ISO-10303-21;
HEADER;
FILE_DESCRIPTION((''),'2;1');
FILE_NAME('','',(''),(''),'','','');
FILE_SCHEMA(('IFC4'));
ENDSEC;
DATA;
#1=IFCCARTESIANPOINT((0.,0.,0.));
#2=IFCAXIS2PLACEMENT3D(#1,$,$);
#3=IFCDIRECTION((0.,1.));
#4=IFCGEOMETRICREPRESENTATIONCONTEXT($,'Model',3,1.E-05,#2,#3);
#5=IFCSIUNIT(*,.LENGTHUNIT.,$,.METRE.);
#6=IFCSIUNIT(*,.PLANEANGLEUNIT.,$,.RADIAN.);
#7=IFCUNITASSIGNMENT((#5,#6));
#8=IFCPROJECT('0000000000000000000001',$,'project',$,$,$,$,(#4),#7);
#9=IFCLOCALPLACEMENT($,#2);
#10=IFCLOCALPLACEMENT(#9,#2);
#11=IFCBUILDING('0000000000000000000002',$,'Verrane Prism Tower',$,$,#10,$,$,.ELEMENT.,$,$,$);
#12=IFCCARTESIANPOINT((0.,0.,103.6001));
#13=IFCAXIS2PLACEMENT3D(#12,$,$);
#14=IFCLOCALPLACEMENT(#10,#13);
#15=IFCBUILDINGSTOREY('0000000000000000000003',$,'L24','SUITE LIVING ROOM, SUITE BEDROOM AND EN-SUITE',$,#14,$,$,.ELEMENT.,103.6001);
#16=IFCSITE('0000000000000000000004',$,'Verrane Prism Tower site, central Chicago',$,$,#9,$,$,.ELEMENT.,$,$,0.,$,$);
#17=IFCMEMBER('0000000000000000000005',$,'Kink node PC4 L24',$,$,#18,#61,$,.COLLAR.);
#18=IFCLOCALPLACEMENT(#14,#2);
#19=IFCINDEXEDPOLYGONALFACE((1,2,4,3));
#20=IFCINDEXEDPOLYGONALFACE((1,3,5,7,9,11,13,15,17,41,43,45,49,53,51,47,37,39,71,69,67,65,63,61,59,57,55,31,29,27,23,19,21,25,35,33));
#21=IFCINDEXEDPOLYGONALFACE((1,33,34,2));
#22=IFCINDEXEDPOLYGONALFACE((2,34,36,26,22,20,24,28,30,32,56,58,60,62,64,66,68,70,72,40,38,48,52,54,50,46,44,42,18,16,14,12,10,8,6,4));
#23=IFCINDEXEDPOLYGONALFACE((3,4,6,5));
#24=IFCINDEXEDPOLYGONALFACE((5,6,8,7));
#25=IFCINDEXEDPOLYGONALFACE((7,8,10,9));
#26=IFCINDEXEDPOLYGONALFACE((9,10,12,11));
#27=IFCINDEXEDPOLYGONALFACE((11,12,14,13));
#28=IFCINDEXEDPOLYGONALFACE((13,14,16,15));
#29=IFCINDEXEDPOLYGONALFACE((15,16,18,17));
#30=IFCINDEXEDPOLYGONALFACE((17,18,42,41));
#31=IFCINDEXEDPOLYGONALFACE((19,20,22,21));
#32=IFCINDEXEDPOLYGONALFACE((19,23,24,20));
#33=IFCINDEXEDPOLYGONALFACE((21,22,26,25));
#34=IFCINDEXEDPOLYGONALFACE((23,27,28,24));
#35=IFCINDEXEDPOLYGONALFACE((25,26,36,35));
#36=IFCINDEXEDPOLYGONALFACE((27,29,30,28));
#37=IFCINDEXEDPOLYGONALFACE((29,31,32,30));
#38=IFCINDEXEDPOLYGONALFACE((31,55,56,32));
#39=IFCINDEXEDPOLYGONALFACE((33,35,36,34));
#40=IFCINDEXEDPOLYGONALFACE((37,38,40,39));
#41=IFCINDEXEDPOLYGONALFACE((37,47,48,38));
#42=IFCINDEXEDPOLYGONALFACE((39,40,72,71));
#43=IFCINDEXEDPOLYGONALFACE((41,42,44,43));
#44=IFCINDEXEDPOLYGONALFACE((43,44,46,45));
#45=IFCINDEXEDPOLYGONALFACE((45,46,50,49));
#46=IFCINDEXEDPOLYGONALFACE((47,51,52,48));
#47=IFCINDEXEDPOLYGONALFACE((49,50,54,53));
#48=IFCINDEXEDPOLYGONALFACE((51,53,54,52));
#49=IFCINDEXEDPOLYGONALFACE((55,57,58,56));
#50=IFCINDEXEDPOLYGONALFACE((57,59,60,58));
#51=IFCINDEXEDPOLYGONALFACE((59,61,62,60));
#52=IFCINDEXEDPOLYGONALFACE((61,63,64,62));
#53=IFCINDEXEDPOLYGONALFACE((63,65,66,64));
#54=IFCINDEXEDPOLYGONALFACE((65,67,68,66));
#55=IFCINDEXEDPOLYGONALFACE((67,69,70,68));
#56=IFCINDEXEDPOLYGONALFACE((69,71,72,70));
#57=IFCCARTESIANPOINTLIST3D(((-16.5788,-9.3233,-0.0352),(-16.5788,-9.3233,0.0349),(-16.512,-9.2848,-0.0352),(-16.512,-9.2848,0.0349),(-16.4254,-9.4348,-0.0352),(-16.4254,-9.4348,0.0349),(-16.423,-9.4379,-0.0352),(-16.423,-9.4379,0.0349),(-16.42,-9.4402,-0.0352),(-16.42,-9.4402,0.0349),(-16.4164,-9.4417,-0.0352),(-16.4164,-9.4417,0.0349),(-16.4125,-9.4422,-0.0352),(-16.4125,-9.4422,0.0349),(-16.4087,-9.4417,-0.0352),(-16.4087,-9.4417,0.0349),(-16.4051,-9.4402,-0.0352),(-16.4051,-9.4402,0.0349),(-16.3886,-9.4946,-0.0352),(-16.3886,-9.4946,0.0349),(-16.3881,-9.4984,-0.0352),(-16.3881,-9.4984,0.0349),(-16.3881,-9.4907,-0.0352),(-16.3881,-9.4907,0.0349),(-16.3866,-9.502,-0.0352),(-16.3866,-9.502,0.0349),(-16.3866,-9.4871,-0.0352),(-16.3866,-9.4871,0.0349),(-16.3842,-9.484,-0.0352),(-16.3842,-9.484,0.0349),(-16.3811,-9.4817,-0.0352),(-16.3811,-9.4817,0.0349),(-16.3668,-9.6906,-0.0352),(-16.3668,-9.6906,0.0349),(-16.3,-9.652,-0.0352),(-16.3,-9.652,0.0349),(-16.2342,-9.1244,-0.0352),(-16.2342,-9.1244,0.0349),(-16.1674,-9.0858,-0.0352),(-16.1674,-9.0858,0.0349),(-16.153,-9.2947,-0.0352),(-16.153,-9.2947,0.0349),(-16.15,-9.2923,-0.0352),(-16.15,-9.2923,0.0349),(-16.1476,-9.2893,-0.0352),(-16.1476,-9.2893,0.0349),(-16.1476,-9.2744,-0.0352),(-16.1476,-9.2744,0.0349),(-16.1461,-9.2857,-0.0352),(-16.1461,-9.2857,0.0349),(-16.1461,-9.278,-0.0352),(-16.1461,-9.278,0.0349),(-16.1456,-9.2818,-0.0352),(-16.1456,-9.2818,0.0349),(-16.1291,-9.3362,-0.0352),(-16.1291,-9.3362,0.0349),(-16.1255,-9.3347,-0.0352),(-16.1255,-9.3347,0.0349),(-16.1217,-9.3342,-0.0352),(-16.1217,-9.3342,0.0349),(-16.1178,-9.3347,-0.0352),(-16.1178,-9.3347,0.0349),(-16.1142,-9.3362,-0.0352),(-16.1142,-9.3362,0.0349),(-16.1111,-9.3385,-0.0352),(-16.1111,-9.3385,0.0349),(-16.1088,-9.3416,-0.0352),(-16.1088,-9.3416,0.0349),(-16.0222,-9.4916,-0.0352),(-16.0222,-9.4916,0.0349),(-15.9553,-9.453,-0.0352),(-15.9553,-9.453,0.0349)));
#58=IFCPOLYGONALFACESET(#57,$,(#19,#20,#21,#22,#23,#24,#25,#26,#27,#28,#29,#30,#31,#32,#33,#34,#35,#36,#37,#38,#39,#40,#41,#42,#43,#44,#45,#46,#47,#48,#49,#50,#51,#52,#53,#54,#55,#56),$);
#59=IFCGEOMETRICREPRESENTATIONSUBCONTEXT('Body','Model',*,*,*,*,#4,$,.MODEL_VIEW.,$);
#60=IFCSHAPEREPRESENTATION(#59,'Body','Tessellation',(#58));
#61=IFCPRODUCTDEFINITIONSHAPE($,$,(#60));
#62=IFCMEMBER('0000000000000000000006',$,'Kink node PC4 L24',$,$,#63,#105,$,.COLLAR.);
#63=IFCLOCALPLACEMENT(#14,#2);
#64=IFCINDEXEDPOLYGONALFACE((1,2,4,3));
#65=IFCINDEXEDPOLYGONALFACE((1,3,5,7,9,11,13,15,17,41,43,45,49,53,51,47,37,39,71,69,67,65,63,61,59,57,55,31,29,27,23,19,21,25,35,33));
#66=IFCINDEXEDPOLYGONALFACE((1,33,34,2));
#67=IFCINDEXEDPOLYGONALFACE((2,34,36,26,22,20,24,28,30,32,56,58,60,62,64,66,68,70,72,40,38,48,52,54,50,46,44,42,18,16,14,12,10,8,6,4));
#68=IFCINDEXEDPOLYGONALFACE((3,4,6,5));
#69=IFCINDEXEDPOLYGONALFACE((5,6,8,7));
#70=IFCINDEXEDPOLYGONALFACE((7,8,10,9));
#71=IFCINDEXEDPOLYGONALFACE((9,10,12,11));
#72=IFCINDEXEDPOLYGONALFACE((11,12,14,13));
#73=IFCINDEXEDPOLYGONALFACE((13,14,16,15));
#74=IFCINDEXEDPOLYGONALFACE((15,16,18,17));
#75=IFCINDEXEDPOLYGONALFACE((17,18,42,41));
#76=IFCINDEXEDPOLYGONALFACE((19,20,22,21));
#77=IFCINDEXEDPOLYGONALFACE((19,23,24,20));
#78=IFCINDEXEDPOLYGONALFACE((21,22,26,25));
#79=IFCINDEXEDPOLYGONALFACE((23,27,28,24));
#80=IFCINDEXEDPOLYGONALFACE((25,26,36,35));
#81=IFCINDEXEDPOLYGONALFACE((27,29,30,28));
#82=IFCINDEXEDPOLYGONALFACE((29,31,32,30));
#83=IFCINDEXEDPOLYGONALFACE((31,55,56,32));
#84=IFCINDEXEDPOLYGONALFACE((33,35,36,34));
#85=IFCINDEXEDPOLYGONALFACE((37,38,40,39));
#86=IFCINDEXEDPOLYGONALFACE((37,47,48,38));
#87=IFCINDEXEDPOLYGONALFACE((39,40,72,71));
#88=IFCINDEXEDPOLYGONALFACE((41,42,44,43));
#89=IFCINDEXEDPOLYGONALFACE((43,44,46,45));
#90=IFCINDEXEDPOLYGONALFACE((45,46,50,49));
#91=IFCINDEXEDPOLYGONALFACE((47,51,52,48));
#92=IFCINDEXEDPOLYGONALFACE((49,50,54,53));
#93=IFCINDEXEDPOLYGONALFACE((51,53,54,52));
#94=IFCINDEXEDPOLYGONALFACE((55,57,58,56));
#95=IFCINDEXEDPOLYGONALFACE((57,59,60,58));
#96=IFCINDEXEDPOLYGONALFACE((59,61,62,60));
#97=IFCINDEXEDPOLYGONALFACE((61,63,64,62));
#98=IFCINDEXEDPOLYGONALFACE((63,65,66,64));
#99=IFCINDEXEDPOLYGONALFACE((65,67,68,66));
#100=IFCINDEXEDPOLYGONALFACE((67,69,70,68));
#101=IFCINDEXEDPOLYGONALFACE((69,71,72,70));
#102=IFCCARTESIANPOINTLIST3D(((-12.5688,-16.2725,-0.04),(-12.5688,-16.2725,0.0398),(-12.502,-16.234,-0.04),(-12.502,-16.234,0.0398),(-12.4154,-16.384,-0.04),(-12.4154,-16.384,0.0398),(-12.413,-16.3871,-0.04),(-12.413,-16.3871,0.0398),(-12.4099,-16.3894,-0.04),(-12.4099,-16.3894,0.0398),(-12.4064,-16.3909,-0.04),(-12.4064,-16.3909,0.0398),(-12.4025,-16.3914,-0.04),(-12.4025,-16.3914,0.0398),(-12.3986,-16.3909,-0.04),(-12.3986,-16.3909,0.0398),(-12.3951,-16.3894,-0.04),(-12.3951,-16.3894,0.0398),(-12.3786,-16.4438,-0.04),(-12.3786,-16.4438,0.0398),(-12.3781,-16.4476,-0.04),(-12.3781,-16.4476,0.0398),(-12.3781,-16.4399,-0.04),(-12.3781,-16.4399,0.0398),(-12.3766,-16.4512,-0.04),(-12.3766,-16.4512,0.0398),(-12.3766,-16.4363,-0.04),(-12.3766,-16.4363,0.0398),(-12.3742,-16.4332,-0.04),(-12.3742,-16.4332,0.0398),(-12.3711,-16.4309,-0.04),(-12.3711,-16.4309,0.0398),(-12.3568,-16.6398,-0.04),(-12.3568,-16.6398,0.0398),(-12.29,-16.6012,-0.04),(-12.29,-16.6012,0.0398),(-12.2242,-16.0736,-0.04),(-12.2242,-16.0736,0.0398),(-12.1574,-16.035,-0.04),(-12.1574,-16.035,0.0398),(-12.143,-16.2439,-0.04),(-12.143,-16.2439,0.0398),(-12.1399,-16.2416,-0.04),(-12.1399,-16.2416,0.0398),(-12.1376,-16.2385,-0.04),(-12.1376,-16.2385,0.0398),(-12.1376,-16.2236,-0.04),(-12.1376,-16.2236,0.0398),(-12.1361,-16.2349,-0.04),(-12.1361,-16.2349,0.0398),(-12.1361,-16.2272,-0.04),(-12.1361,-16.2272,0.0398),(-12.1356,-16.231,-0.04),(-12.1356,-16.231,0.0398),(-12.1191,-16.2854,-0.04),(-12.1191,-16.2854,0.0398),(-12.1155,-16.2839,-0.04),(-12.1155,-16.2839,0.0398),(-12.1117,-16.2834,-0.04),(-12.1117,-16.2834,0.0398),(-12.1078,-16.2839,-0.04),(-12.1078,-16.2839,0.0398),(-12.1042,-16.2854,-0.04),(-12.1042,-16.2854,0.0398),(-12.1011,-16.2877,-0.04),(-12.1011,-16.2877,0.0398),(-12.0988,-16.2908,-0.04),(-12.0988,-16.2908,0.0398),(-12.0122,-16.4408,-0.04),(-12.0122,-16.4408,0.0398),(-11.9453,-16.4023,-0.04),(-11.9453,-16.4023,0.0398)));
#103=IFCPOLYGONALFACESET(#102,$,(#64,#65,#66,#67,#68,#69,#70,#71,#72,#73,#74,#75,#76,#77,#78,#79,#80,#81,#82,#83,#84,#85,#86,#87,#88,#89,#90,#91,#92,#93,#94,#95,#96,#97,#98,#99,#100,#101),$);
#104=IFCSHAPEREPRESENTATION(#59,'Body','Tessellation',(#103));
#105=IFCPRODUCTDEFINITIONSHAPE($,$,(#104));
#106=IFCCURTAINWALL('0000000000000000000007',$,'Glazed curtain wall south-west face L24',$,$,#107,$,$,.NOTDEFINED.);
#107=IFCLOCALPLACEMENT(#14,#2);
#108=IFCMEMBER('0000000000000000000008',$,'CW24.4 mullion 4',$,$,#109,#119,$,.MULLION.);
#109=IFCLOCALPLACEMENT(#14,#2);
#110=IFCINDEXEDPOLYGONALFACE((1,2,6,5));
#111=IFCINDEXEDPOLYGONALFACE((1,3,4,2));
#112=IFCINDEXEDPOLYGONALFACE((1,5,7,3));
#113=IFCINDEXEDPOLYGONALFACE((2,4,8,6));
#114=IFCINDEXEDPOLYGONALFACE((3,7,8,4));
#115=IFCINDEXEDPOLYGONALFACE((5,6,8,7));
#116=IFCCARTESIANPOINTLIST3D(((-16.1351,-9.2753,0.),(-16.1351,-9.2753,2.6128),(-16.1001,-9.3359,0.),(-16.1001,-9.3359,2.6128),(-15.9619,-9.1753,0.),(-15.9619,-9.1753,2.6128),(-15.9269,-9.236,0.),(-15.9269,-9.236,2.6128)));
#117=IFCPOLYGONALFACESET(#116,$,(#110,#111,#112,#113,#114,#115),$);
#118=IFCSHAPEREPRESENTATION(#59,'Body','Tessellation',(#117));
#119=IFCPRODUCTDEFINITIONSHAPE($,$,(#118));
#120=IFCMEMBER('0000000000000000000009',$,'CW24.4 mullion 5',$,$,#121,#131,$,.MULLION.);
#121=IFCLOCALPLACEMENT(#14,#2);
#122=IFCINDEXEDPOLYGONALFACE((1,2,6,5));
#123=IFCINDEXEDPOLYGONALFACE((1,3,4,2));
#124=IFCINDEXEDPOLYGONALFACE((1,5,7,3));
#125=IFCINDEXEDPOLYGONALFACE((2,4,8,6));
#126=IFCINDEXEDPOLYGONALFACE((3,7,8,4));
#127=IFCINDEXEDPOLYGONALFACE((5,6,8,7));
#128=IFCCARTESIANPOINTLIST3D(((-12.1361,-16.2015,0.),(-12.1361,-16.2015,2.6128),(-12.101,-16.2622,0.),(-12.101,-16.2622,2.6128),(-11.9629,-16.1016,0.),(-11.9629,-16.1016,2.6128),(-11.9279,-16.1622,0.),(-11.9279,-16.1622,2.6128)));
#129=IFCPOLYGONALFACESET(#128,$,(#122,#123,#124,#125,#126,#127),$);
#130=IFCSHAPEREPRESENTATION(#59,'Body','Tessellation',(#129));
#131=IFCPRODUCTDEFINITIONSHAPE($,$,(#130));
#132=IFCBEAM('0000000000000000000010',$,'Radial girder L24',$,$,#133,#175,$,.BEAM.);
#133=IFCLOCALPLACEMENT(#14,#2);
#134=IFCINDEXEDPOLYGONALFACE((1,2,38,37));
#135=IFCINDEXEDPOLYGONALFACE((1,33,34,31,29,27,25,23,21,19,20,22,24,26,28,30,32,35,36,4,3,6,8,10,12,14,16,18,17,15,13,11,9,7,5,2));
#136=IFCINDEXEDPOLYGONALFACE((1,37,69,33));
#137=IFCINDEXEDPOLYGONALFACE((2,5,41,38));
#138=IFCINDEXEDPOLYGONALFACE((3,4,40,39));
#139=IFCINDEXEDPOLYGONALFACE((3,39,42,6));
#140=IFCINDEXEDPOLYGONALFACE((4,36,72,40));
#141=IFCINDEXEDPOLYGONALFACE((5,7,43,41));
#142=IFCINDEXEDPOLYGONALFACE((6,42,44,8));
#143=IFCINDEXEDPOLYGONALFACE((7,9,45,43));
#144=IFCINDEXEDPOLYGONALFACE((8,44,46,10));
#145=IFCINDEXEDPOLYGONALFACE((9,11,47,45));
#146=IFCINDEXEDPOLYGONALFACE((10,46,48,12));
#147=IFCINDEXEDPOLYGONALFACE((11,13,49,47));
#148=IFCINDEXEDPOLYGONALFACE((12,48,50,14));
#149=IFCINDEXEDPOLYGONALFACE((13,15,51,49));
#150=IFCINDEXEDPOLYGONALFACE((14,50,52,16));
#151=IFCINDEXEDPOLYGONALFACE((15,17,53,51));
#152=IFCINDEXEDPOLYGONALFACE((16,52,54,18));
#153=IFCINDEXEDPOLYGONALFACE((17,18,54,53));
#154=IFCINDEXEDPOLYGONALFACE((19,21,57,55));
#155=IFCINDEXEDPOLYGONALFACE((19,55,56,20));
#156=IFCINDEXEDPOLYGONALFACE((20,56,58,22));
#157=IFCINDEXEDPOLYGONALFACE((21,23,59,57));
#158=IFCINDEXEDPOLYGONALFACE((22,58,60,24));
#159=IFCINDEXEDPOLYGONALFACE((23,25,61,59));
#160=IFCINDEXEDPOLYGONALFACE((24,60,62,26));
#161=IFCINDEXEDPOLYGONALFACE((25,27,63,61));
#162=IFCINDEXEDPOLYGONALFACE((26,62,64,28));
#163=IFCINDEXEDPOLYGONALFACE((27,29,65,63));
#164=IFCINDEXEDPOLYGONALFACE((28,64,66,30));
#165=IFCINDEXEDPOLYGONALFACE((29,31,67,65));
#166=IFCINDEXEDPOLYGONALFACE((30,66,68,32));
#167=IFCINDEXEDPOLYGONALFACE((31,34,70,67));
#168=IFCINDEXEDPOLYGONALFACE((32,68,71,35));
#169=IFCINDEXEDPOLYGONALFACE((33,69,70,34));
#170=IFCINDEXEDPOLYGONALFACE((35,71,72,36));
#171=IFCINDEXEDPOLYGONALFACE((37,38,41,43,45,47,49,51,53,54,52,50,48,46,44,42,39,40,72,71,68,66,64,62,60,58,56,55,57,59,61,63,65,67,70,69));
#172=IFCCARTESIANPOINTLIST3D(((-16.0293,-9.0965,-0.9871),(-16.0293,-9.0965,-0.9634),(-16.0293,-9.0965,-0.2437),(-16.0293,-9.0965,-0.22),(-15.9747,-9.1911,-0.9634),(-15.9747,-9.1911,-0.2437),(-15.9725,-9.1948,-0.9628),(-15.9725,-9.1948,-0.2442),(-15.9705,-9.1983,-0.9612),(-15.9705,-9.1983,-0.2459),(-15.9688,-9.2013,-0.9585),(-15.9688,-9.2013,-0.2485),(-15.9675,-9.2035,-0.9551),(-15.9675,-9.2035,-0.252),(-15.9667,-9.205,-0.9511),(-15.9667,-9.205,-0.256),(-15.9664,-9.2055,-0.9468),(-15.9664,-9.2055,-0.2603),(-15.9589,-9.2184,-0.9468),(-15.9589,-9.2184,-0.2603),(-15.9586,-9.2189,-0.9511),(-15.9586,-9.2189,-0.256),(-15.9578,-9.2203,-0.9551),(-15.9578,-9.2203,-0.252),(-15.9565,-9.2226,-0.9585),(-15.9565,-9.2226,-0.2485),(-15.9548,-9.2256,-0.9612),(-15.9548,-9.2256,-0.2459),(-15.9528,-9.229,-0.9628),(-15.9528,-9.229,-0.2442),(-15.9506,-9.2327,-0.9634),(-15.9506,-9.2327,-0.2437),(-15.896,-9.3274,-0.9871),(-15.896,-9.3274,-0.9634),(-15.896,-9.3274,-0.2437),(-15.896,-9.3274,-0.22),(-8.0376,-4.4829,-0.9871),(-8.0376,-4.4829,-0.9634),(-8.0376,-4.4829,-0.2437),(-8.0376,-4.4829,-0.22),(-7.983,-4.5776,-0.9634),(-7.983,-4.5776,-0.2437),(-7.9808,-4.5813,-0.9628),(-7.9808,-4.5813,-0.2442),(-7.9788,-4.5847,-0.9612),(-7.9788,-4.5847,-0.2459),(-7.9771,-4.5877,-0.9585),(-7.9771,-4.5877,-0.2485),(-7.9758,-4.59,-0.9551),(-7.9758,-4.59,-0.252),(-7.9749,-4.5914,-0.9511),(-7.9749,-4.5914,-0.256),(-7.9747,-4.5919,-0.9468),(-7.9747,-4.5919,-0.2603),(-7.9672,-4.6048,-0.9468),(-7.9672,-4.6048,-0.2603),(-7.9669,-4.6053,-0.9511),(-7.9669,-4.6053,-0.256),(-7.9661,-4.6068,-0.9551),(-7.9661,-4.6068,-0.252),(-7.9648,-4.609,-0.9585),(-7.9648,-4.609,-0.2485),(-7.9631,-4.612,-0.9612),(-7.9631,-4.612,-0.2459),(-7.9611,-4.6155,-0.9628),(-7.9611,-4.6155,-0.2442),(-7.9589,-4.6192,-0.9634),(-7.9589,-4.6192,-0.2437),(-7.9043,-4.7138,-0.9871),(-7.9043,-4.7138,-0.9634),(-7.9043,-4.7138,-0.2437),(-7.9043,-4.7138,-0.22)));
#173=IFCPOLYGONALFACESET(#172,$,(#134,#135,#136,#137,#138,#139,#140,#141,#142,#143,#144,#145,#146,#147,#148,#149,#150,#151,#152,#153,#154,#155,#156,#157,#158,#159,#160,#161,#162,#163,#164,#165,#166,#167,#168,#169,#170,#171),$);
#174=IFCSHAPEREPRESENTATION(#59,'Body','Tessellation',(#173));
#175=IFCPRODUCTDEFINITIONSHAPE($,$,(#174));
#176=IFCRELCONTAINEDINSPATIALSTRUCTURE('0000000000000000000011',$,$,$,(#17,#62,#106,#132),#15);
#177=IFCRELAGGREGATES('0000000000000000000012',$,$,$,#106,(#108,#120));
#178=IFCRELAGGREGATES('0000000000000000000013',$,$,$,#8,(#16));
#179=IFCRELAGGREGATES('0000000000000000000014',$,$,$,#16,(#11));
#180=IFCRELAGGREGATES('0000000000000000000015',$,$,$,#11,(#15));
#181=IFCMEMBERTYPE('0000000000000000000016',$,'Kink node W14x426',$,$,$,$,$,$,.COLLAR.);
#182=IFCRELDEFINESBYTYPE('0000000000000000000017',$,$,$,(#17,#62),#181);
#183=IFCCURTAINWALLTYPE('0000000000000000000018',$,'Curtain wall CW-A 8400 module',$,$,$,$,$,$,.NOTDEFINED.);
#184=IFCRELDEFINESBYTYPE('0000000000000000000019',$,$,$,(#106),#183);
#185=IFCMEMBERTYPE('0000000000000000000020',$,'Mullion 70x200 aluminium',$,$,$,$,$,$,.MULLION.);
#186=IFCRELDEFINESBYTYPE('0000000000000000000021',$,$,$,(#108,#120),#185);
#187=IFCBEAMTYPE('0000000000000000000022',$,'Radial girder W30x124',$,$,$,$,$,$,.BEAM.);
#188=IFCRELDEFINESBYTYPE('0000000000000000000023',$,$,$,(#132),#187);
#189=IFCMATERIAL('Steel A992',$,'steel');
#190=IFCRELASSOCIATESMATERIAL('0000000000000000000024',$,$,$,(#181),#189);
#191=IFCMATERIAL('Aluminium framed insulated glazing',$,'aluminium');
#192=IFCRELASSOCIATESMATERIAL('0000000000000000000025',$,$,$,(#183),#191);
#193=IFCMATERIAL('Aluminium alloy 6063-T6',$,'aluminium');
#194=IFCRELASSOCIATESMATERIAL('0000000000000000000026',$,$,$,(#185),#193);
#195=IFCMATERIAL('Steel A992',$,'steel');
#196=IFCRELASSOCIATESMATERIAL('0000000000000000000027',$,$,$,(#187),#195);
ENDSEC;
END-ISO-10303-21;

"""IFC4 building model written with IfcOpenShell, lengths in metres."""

from ifc_helpers import new_model, si_unit, direction, frame, origin, origin_2d, place, context, subcontext, project, spatial, rectangle, i_section, extrude, material, material_profile, profile_set, type_object, element, aggregate, save


model = new_model("IFC4")

# Units and contexts
model_context = context("Model", 3, precision=1e-05, world=origin(), true_north=direction((0.0, 1.0)))
body_context = subcontext(model_context, "Body", "Model", "MODEL_VIEW")
ifc_project = project(units=[si_unit("LENGTHUNIT", "METRE"), si_unit("PLANEANGLEUNIT", "RADIAN")], contexts=[model_context])

# Site, building, storey
site_placement = place(None, origin())
site = spatial("IfcSite", under=ifc_project, at=site_placement, Name="Verrane Prism Tower site, central Chicago", CompositionType="ELEMENT", RefElevation=0.0)
building_placement = place(site_placement, origin())
building = spatial("IfcBuilding", under=site, at=building_placement, Name="Verrane Prism Tower", CompositionType="ELEMENT")
storey_placement = place(building_placement, frame((0.0, 0.0, 103.6001)))
storey = spatial("IfcBuildingStorey", under=building, at=storey_placement, Name="L24", Description="SUITE LIVING ROOM, SUITE BEDROOM AND EN-SUITE", CompositionType="ELEMENT", Elevation=103.6001)

# Members
ifc_material_1 = material(Name="Steel A992", Category="steel")
ifc_material_profile_1 = material_profile(ifc_material_1, i_section(OverallWidth=0.4241, OverallDepth=0.4751, WebThickness=0.0479, FlangeThickness=0.0771, FilletRadius=0.0149, at=origin_2d()), Name="W14x426")
ifc_profile_set_1 = profile_set([ifc_material_profile_1], Name="Steel A992")
member_type_1 = type_object("IfcMemberType", Name="Kink node W14x426", PredefinedType="COLLAR", material=ifc_profile_set_1)
member_1_placement = place(storey_placement, frame((-16.2671, -9.3882, -0.0352), z_axis=(0.0, 0.0, 1.0), x_axis=(-0.5, 0.866025, 0.0)))
element("IfcMember", 1, at=member_1_placement, inside=storey, type_object=member_type_1, Name="Kink node PC4 L24", PredefinedType="COLLAR", context=body_context, shape_type="SweptSolid", body=[
    extrude(i_section(OverallWidth=0.4241, OverallDepth=0.4751, WebThickness=0.0479, FlangeThickness=0.0771, FilletRadius=0.0149, at=origin_2d()), origin(), (0.0, 0.0, 1.0), 0.0701),
])
member_2_placement = place(storey_placement, frame((-12.2571, -16.3374, -0.04), z_axis=(0.0, 0.0, 1.0), x_axis=(-0.5, 0.866025, 0.0)))
element("IfcMember", 2, at=member_2_placement, inside=storey, type_object=member_type_1, Name="Kink node PC4 L24", PredefinedType="COLLAR", context=body_context, shape_type="SweptSolid", body=[
    extrude(i_section(OverallWidth=0.4241, OverallDepth=0.4751, WebThickness=0.0479, FlangeThickness=0.0771, FilletRadius=0.0149, at=origin_2d()), origin(), (0.0, 0.0, 1.0), 0.0798),
])

# Curtain wall, members
ifc_material_2 = material(Name="Aluminium framed insulated glazing", Category="aluminium")
curtain_wall_type = type_object("IfcCurtainWallType", Name="Curtain wall CW-A 8400 module", PredefinedType="NOTDEFINED", material=ifc_material_2)
curtain_wall_placement = place(storey_placement, origin())
curtain_wall = element("IfcCurtainWall", 3, at=curtain_wall_placement, inside=storey, type_object=curtain_wall_type, Name="Glazed curtain wall south-west face L24", PredefinedType="NOTDEFINED")
ifc_material_3 = material(Name="Aluminium alloy 6063-T6", Category="aluminium")
ifc_material_profile_2 = material_profile(ifc_material_3, rectangle(XDim=0.2, YDim=0.0701, at=origin_2d()), Name="Mullion 70x200 aluminium")
ifc_profile_set_2 = profile_set([ifc_material_profile_2], Name="Aluminium alloy 6063-T6")
member_type_2 = type_object("IfcMemberType", Name="Mullion 70x200 aluminium", PredefinedType="MULLION", material=ifc_profile_set_2)
member_3_placement = place(storey_placement, frame((-16.031, -9.2556, 0.0), z_axis=(0.0, 0.0, 1.0), x_axis=(0.866025, 0.5, 0.0)))
member_3 = element("IfcMember", 4, at=member_3_placement, type_object=member_type_2, Name="CW24.4 mullion 4", PredefinedType="MULLION", context=body_context, shape_type="SweptSolid", body=[
    extrude(rectangle(XDim=0.2, YDim=0.0701, at=origin_2d()), origin(), (0.0, 0.0, 1.0), 2.6128),
])
member_4_placement = place(storey_placement, frame((-12.032, -16.1819, 0.0), z_axis=(0.0, 0.0, 1.0), x_axis=(0.866025, 0.5, 0.0)))
member_4 = element("IfcMember", 5, at=member_4_placement, type_object=member_type_2, Name="CW24.4 mullion 5", PredefinedType="MULLION", context=body_context, shape_type="SweptSolid", body=[
    extrude(rectangle(XDim=0.2, YDim=0.0701, at=origin_2d()), origin(), (0.0, 0.0, 1.0), 2.6128),
])

# Beam
ifc_material_4 = material(Name="Steel A992", Category="steel")
ifc_material_profile_3 = material_profile(ifc_material_4, i_section(OverallWidth=0.2666, OverallDepth=0.7671, WebThickness=0.0149, FlangeThickness=0.0237, FilletRadius=0.0166, at=origin_2d()), Name="W30x124")
ifc_profile_set_3 = profile_set([ifc_material_profile_3], Name="Steel A992")
beam_type_1 = type_object("IfcBeamType", Name="Radial girder W30x124", PredefinedType="BEAM", material=ifc_profile_set_3)
beam_1_placement = place(storey_placement, frame((-15.9626, -9.2119, -0.6035), z_axis=(0.866048, 0.499961, 0.0), x_axis=(-0.499961, 0.866048, 0.0)))
element("IfcBeam", 6, at=beam_1_placement, inside=storey, type_object=beam_type_1, Name="Radial girder L24", PredefinedType="BEAM", context=body_context, shape_type="SweptSolid", body=[
    extrude(i_section(OverallWidth=0.2666, OverallDepth=0.7671, WebThickness=0.0149, FlangeThickness=0.0237, FilletRadius=0.0166, at=origin_2d()), origin(), (0.0, 0.0, 1.0), 9.2278),
])

aggregate(curtain_wall, [member_3, member_4])

save(model, "model.ifc")
